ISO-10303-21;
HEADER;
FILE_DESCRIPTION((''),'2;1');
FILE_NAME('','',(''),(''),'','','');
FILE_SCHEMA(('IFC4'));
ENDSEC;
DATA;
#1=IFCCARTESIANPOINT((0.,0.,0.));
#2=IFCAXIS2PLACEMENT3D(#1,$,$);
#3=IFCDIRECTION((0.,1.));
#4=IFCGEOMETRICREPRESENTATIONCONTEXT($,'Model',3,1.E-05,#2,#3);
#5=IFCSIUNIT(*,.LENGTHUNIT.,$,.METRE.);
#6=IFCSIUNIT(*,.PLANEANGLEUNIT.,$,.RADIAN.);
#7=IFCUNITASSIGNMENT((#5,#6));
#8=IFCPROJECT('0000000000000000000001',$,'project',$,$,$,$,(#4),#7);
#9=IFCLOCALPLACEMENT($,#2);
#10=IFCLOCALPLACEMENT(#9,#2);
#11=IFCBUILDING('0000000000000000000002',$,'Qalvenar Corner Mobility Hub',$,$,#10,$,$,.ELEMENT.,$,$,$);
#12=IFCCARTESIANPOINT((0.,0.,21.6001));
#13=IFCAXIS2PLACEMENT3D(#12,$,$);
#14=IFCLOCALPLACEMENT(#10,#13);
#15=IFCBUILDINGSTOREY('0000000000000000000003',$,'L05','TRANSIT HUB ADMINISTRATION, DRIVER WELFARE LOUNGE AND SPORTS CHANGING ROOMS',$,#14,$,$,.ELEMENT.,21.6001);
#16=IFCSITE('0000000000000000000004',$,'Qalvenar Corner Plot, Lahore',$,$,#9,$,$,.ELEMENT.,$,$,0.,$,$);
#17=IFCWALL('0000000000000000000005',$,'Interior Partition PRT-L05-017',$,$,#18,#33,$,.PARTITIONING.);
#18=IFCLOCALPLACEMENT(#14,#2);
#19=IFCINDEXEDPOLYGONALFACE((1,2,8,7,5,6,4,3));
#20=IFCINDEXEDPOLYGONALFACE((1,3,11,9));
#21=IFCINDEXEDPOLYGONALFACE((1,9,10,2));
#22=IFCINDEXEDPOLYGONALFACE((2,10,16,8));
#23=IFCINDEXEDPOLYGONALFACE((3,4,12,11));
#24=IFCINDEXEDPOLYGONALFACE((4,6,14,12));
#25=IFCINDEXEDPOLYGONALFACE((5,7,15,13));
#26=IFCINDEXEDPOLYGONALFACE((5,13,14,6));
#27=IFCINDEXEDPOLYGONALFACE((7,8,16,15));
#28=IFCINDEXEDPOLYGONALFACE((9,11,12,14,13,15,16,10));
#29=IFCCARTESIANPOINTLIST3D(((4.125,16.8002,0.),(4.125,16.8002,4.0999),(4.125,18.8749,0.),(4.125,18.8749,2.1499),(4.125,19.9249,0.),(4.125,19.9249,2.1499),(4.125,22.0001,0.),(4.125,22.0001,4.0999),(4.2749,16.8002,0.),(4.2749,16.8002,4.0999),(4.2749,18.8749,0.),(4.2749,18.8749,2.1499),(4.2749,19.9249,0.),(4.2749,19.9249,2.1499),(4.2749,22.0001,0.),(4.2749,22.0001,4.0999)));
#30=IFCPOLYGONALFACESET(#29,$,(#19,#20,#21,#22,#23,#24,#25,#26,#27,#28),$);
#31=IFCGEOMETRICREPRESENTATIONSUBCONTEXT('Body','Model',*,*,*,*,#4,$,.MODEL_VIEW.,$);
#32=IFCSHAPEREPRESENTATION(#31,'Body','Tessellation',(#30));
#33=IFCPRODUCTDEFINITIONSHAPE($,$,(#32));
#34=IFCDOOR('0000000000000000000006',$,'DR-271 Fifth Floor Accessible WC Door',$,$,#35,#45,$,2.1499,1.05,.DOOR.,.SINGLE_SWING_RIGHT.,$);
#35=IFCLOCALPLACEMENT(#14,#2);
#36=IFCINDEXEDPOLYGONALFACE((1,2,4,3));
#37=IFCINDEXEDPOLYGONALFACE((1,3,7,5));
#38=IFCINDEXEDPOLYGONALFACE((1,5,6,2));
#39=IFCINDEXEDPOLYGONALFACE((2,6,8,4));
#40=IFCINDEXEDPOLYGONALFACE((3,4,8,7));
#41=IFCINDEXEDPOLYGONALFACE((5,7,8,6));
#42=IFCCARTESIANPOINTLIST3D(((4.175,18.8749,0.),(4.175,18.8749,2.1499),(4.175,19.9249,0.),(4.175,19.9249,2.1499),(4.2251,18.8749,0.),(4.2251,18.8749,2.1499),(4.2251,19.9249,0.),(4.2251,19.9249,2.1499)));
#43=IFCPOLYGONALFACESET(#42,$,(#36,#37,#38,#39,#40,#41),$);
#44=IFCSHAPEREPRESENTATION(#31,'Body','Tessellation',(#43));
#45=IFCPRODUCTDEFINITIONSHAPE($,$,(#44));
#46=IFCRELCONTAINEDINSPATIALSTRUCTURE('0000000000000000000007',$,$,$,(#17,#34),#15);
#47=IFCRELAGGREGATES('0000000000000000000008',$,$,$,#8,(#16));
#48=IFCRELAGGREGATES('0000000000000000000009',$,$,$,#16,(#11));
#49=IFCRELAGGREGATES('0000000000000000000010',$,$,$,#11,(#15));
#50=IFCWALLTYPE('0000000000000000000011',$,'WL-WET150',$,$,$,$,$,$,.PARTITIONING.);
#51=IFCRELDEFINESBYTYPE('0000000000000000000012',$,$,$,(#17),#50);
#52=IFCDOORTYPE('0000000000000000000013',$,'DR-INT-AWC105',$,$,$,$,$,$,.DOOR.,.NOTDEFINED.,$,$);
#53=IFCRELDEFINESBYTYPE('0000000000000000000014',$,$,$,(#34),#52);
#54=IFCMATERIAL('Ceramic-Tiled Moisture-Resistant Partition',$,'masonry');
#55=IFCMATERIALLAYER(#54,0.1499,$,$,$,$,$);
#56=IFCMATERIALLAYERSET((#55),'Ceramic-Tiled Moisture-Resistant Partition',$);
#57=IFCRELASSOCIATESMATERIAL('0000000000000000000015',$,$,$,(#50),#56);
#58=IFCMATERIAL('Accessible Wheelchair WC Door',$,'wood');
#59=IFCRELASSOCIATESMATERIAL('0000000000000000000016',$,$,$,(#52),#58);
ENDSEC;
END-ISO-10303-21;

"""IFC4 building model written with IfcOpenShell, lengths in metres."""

from ifc_helpers import new_model, si_unit, direction, frame, frame_2d, origin, place, context, subcontext, project, spatial, rectangle, extrude, material, layer, layer_set, type_object, element, fill, save


model = new_model("IFC4")

# Units and contexts
model_context = context("Model", 3, precision=1e-05, world=origin(), true_north=direction((0.0, 1.0)))
body_context = subcontext(model_context, "Body", "Model", "MODEL_VIEW")
ifc_project = project(units=[si_unit("LENGTHUNIT", "METRE"), si_unit("PLANEANGLEUNIT", "RADIAN")], contexts=[model_context])

# Site, building, storey
site_placement = place(None, origin())
site = spatial("IfcSite", under=ifc_project, at=site_placement, Name="Qalvenar Corner Plot, Lahore", CompositionType="ELEMENT", RefElevation=0.0)
building_placement = place(site_placement, origin())
building = spatial("IfcBuilding", under=site, at=building_placement, Name="Qalvenar Corner Mobility Hub", CompositionType="ELEMENT")
storey_placement = place(building_placement, frame((0.0, 0.0, 21.6001)))
storey = spatial("IfcBuildingStorey", under=building, at=storey_placement, Name="L05", Description="TRANSIT HUB ADMINISTRATION, DRIVER WELFARE LOUNGE AND SPORTS CHANGING ROOMS", CompositionType="ELEMENT", Elevation=21.6001)

# Wall, opening, door
ifc_material_1 = material(Name="Ceramic-Tiled Moisture-Resistant Partition", Category="masonry")
ifc_layer_1 = layer(ifc_material_1, 0.1499)
ifc_layer_set_1 = layer_set([ifc_layer_1], Name="Ceramic-Tiled Moisture-Resistant Partition")
wall_type_1 = type_object("IfcWallType", Name="WL-WET150", PredefinedType="PARTITIONING", material=ifc_layer_set_1)
wall_1_placement = place(storey_placement, frame((4.2, 16.8, 0.0), z_axis=(0.0, 0.0, 1.0), x_axis=(0.0, 1.0, 0.0)))
wall_1 = element("IfcWall", 1, at=wall_1_placement, inside=storey, type_object=wall_type_1, Name="Interior Partition PRT-L05-017", PredefinedType="PARTITIONING", context=body_context, shape_type="SweptSolid", body=[
    extrude(rectangle(XDim=5.2, YDim=0.1499, at=frame_2d((2.6001, 0.0))), origin(), (0.0, 0.0, 1.0), 4.0999),
])
opening_placement = place(wall_1_placement, frame((2.075, 0.0, 0.0)))
opening = element("IfcOpeningElement", 2, at=opening_placement, cuts=wall_1, PredefinedType="OPENING", context=body_context, shape_type="SweptSolid", body=[
    extrude(rectangle(XDim=1.05, YDim=2.1499, at=frame_2d((0.5249, 1.075))), frame((0.0, 0.085, 0.0), z_axis=(0.0, -1.0, 0.0), x_axis=(1.0, 0.0, 0.0)), (0.0, 0.0, 1.0), 0.1699),
])
ifc_material_2 = material(Name="Accessible Wheelchair WC Door", Category="wood")
door_type = type_object("IfcDoorType", Name="DR-INT-AWC105", OperationType="NOTDEFINED", PredefinedType="DOOR", material=ifc_material_2)
door_placement = place(opening_placement, origin())
door = element("IfcDoor", 3, at=door_placement, inside=storey, type_object=door_type, Name="DR-271 Fifth Floor Accessible WC Door", OperationType="SINGLE_SWING_RIGHT", OverallHeight=2.1499, OverallWidth=1.05, PredefinedType="DOOR", context=body_context, shape_type="SweptSolid", body=[
    extrude(rectangle(XDim=1.05, YDim=2.1499, at=frame_2d((0.5249, 1.075))), frame((0.0, 0.0249, 0.0), z_axis=(0.0, -1.0, 0.0), x_axis=(1.0, 0.0, 0.0)), (0.0, 0.0, 1.0), 0.05),
])
fill(opening, door)

save(model, "model.ifc")
